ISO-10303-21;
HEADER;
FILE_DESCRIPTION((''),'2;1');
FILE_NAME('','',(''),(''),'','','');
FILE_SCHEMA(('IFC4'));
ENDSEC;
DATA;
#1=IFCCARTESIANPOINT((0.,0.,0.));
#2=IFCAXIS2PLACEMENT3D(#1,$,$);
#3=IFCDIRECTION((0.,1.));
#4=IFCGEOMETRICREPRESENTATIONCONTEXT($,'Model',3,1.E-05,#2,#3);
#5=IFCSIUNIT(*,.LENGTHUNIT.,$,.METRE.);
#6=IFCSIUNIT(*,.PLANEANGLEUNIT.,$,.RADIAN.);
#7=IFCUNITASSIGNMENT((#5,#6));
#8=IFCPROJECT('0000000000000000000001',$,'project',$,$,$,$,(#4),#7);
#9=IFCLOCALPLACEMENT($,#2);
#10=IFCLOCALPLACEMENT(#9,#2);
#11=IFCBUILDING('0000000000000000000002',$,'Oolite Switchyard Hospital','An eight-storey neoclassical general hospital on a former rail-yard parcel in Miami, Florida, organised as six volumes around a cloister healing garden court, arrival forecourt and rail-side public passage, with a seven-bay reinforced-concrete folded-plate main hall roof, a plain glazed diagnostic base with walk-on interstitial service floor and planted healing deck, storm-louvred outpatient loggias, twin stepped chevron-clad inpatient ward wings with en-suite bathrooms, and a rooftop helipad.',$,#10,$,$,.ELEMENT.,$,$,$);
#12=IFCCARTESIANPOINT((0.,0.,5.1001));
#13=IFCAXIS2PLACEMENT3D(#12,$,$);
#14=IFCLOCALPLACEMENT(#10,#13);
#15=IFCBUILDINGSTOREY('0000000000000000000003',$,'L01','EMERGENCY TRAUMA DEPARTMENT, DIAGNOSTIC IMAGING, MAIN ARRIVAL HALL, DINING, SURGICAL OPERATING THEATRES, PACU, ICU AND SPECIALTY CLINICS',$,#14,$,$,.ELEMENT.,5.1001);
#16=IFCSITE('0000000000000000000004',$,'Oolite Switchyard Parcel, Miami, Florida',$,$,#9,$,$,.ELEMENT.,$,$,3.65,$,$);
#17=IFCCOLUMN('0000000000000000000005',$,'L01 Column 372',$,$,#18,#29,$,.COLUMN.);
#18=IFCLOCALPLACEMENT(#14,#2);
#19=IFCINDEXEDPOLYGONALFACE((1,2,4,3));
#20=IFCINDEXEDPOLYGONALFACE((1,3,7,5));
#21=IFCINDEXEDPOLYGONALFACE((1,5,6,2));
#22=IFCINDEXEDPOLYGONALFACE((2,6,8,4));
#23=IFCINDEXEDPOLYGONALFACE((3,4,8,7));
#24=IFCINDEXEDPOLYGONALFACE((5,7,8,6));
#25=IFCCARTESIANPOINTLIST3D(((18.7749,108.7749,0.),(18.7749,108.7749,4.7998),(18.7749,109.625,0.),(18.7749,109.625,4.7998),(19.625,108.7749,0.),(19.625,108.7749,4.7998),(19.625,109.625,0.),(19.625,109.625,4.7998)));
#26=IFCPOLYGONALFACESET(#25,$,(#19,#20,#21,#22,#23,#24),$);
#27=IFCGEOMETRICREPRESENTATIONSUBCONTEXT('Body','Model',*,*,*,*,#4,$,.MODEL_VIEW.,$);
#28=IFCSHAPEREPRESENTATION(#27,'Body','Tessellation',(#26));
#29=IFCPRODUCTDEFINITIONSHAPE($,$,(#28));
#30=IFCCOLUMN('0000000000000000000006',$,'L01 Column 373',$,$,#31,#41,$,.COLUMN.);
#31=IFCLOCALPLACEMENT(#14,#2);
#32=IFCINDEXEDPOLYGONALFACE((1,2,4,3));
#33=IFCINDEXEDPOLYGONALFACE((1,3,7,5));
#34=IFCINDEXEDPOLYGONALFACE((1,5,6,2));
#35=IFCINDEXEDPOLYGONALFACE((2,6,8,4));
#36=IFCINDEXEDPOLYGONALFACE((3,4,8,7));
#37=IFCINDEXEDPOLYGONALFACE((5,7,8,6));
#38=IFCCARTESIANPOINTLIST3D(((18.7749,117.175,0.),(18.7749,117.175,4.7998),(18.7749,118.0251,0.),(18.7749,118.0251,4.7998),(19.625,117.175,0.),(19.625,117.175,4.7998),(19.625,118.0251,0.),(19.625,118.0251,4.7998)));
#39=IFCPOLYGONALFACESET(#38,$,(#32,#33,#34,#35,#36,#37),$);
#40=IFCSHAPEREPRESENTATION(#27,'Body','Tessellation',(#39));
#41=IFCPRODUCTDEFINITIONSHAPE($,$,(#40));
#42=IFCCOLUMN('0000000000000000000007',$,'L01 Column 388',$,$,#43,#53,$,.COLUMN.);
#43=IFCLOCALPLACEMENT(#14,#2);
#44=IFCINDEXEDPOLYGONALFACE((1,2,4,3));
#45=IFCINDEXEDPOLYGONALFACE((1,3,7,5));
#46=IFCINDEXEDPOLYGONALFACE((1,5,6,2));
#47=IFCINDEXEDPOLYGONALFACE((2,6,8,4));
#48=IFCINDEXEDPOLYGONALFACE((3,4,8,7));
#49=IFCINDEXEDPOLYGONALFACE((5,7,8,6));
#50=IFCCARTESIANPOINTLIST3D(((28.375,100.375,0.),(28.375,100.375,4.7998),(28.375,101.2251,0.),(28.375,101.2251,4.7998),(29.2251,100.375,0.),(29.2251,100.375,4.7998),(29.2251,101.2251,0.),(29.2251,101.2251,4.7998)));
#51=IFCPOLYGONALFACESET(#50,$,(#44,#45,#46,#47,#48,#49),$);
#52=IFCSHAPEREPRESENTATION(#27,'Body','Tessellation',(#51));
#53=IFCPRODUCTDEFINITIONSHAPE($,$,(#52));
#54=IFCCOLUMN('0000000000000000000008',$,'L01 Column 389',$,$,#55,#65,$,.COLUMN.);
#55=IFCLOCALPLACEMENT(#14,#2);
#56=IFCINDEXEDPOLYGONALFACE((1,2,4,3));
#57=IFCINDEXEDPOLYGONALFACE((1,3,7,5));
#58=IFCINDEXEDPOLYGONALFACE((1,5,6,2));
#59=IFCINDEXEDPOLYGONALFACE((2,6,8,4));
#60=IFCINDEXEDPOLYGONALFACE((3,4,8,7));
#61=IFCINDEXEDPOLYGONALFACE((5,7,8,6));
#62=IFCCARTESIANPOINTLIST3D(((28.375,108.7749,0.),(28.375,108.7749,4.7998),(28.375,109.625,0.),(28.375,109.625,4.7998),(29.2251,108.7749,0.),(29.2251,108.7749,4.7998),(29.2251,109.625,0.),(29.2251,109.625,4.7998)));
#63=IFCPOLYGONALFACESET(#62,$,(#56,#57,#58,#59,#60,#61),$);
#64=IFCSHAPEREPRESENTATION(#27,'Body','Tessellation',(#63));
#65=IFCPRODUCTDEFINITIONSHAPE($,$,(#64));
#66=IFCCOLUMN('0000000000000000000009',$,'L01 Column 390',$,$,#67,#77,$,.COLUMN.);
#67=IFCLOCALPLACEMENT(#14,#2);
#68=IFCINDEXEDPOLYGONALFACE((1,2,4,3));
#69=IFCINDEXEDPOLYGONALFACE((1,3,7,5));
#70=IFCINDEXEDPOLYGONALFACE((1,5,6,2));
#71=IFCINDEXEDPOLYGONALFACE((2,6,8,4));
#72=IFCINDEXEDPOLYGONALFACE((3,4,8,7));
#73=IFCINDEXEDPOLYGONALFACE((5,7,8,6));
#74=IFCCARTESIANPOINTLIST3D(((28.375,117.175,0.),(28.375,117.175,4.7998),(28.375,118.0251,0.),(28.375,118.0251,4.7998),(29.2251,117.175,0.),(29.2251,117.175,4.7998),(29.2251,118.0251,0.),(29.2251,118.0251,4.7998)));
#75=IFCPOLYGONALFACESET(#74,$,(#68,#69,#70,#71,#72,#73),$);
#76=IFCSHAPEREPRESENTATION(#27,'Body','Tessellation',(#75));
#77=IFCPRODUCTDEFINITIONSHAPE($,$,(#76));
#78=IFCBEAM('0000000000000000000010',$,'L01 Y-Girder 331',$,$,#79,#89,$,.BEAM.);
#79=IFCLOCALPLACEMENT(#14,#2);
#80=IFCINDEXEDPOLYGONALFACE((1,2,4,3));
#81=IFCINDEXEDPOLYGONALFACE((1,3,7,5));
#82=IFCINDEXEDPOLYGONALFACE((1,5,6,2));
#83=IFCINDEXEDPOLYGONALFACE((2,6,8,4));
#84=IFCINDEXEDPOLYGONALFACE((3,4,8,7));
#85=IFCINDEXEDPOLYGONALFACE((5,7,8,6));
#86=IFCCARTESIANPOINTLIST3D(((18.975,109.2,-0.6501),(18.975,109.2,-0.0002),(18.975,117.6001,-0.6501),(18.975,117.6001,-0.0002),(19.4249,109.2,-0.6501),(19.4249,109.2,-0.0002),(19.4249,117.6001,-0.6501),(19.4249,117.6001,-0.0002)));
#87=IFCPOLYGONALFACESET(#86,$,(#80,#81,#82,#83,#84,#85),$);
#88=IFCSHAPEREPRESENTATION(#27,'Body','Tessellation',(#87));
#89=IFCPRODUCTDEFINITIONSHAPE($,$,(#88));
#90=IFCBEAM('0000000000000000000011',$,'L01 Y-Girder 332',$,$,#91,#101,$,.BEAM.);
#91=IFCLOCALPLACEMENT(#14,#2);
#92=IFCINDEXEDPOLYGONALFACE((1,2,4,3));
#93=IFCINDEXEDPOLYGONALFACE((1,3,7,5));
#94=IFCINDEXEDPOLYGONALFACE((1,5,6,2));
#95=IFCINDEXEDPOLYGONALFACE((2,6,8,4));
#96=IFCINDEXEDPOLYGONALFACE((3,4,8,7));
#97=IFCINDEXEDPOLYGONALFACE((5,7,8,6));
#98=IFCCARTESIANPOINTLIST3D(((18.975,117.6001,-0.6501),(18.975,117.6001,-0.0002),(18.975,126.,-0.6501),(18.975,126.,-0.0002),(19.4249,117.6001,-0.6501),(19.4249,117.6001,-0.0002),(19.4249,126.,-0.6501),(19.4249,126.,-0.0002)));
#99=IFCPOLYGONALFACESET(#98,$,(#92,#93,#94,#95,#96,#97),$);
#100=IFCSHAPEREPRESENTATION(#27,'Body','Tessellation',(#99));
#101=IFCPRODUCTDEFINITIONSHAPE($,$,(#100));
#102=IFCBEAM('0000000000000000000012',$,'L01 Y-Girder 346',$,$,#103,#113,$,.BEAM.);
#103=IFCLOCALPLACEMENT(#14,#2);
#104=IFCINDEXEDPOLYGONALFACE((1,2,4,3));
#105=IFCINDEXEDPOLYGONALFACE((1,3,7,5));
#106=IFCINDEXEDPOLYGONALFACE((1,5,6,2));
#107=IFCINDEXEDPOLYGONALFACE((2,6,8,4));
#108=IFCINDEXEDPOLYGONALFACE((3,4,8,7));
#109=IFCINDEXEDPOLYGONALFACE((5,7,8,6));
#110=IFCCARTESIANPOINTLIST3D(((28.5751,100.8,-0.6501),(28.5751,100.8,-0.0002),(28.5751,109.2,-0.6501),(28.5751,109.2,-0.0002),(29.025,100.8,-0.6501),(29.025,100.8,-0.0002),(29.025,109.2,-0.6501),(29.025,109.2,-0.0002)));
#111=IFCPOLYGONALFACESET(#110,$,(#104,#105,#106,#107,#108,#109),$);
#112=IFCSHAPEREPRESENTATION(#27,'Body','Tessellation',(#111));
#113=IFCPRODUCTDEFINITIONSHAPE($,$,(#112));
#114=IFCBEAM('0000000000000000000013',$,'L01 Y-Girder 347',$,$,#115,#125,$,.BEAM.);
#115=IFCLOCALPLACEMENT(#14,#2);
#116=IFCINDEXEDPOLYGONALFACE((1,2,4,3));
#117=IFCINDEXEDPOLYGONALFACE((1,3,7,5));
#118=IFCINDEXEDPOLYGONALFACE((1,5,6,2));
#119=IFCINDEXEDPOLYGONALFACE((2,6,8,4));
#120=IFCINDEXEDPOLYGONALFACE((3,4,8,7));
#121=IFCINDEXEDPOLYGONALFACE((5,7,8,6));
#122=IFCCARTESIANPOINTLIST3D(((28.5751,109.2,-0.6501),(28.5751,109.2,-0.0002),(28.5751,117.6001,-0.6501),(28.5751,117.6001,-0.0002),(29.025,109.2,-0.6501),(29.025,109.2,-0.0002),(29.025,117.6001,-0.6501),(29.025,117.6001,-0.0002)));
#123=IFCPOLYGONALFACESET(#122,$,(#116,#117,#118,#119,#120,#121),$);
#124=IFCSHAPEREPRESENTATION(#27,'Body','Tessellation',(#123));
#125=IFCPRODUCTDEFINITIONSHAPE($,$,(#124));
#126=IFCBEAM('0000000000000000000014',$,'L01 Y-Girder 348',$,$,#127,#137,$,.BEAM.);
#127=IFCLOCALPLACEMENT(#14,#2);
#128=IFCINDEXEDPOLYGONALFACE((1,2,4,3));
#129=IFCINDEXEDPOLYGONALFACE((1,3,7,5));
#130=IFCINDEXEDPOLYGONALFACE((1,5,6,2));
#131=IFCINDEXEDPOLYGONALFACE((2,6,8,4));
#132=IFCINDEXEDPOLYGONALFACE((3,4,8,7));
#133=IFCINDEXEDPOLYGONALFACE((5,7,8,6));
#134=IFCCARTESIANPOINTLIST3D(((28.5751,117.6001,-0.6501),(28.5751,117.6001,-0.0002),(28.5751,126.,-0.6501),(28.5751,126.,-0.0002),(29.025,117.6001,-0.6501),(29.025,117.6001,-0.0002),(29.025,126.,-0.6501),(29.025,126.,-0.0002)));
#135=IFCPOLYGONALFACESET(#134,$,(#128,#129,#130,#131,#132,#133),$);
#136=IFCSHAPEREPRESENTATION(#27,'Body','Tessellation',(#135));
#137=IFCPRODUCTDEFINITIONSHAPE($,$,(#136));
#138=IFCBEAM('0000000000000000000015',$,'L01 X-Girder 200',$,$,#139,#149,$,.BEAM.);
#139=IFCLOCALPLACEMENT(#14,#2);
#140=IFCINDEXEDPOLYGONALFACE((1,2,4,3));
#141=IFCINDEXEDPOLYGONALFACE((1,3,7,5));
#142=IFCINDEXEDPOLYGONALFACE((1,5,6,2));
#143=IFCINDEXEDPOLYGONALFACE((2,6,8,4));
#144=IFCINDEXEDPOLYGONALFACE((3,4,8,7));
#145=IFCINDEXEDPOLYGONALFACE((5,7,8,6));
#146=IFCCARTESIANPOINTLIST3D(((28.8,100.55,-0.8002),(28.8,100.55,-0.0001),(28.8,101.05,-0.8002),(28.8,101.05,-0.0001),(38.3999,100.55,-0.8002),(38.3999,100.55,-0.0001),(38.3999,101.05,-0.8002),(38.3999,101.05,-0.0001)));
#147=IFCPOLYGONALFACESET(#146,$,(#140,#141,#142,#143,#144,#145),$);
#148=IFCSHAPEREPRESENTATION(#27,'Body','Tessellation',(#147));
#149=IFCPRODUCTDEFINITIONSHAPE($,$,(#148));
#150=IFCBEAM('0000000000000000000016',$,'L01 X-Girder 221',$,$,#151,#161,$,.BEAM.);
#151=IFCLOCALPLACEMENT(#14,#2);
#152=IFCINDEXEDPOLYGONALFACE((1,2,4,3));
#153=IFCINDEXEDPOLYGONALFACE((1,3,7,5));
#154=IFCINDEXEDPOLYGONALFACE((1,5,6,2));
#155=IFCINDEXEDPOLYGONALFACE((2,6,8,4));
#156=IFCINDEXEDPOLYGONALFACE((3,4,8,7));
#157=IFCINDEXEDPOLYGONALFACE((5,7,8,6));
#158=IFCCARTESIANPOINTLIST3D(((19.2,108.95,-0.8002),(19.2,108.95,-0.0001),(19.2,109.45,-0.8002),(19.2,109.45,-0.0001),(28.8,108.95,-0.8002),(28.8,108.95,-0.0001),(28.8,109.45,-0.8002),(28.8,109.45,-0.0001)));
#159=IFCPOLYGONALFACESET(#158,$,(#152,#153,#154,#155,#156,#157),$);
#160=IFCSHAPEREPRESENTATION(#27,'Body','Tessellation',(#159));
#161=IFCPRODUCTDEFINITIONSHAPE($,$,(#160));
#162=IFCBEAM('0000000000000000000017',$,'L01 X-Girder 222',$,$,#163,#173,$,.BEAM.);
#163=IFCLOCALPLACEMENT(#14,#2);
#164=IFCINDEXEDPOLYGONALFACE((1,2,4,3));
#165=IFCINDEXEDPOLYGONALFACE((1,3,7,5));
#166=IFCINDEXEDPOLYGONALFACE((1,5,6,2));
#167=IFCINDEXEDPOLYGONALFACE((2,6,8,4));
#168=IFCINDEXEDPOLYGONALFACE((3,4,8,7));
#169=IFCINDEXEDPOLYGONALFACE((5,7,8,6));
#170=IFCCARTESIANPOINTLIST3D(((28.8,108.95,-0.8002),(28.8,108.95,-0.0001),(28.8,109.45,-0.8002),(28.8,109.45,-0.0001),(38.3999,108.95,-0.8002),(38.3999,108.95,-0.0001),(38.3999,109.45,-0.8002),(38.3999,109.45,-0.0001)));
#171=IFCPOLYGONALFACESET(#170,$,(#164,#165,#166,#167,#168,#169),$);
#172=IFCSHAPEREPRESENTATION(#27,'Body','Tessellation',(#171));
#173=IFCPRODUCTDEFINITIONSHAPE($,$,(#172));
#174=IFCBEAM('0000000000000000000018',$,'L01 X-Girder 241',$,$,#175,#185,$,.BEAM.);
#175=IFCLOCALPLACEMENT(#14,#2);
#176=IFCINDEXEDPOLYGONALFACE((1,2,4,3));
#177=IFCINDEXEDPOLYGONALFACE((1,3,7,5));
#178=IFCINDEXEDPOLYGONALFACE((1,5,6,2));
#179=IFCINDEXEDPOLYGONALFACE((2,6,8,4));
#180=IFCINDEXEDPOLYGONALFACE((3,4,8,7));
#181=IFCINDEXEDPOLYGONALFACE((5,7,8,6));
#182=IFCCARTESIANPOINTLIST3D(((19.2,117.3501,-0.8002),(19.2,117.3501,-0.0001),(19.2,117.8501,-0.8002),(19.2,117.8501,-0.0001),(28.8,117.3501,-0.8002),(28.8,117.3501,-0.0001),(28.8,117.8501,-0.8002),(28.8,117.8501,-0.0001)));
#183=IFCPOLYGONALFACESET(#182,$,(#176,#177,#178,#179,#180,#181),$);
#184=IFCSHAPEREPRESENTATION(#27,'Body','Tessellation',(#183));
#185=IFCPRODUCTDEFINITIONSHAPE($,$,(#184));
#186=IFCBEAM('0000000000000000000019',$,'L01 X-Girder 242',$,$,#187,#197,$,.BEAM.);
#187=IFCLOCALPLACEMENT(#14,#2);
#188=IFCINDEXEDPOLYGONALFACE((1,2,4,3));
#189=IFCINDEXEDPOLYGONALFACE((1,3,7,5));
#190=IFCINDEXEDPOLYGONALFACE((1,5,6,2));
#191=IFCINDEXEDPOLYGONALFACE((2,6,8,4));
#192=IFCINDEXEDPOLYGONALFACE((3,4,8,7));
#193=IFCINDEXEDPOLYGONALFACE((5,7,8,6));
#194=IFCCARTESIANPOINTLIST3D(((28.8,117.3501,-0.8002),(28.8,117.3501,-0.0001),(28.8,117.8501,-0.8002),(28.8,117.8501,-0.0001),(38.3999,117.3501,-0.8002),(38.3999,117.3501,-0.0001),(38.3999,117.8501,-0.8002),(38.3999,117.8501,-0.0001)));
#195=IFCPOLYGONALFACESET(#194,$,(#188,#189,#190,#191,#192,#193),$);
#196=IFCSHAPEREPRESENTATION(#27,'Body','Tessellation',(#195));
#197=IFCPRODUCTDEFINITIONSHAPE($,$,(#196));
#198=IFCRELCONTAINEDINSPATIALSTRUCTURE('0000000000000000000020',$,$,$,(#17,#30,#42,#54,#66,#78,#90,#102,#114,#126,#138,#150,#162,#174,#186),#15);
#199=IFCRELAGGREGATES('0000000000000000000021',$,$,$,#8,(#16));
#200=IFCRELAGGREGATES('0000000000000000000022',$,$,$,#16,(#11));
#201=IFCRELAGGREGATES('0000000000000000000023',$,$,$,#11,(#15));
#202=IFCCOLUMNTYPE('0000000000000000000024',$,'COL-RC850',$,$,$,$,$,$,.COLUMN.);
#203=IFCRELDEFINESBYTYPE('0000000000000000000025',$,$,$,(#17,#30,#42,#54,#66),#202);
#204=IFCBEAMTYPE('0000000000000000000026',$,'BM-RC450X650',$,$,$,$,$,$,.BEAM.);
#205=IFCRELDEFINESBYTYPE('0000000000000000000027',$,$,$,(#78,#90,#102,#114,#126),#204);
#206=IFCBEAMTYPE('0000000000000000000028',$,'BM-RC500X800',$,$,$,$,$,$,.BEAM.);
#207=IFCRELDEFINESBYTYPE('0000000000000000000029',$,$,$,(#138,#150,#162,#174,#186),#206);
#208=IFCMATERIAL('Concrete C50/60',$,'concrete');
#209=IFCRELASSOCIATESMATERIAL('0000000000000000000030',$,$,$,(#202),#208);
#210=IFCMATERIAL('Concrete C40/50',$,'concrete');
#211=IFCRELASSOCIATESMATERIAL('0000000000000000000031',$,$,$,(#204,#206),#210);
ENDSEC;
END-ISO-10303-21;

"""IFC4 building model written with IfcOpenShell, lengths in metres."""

from ifc_helpers import new_model, si_unit, direction, frame, origin, origin_2d, place, context, subcontext, project, spatial, rectangle, extrude, material, material_profile, profile_set, type_object, element, save


model = new_model("IFC4")

# Units and contexts
model_context = context("Model", 3, precision=1e-05, world=origin(), true_north=direction((0.0, 1.0)))
body_context = subcontext(model_context, "Body", "Model", "MODEL_VIEW")
ifc_project = project(units=[si_unit("LENGTHUNIT", "METRE"), si_unit("PLANEANGLEUNIT", "RADIAN")], contexts=[model_context])

# Site, building, storey
site_placement = place(None, origin())
site = spatial("IfcSite", under=ifc_project, at=site_placement, Name="Oolite Switchyard Parcel, Miami, Florida", CompositionType="ELEMENT", RefElevation=3.65)
building_placement = place(site_placement, origin())
building = spatial("IfcBuilding", under=site, at=building_placement, Name="Oolite Switchyard Hospital", Description="An eight-storey neoclassical general hospital on a former rail-yard parcel in Miami, Florida, organised as six volumes around a cloister healing garden court, arrival forecourt and rail-side public passage, with a seven-bay reinforced-concrete folded-plate main hall roof, a plain glazed diagnostic base with walk-on interstitial service floor and planted healing deck, storm-louvred outpatient loggias, twin stepped chevron-clad inpatient ward wings with en-suite bathrooms, and a rooftop helipad.", CompositionType="ELEMENT")
storey_placement = place(building_placement, frame((0.0, 0.0, 5.1001)))
storey = spatial("IfcBuildingStorey", under=building, at=storey_placement, Name="L01", Description="EMERGENCY TRAUMA DEPARTMENT, DIAGNOSTIC IMAGING, MAIN ARRIVAL HALL, DINING, SURGICAL OPERATING THEATRES, PACU, ICU AND SPECIALTY CLINICS", CompositionType="ELEMENT", Elevation=5.1001)

# Columns
ifc_material_1 = material(Name="Concrete C50/60", Category="concrete")
ifc_material_profile_1 = material_profile(ifc_material_1, rectangle(XDim=0.8501, YDim=0.8501, at=origin_2d()), Name="RC850X850")
ifc_profile_set_1 = profile_set([ifc_material_profile_1], Name="Concrete C50/60")
column_type = type_object("IfcColumnType", Name="COL-RC850", PredefinedType="COLUMN", material=ifc_profile_set_1)
for number, where, z_axis, x_axis, name in (
    (1, (19.2, 109.2, 0.0), (0.0, 0.0, 1.0), (1.0, 0.0, 0.0), "L01 Column 372"),
    (2, (19.2, 117.6001, 0.0), (0.0, 0.0, 1.0), (1.0, 0.0, 0.0), "L01 Column 373"),
    (3, (28.8, 100.8, 0.0), (0.0, 0.0, 1.0), (1.0, 0.0, 0.0), "L01 Column 388"),
    (4, (28.8, 109.2, 0.0), (0.0, 0.0, 1.0), (1.0, 0.0, 0.0), "L01 Column 389"),
    (5, (28.8, 117.6001, 0.0), (0.0, 0.0, 1.0), (1.0, 0.0, 0.0), "L01 Column 390"),
):
    element("IfcColumn", number, at=place(storey_placement, frame(where, z_axis=z_axis, x_axis=x_axis)), inside=storey, type_object=column_type, Name=name, PredefinedType="COLUMN", context=body_context, shape_type="SweptSolid", body=[
        extrude(rectangle(XDim=0.8501, YDim=0.8501, at=origin_2d()), origin(), (0.0, 0.0, 1.0), 4.7998),
    ])

# Beams
ifc_material_2 = material(Name="Concrete C40/50", Category="concrete")
ifc_material_profile_2 = material_profile(ifc_material_2, rectangle(XDim=0.45, YDim=0.6499, at=origin_2d()), Name="RCB450X650")
ifc_profile_set_2 = profile_set([ifc_material_profile_2], Name="Concrete C40/50")
beam_type_1 = type_object("IfcBeamType", Name="BM-RC450X650", PredefinedType="BEAM", material=ifc_profile_set_2)
beam_1_placement = place(storey_placement, frame((19.2, 109.2, -0.3252), z_axis=(0.0, 1.0, 0.0), x_axis=(-1.0, 0.0, 0.0)))
element("IfcBeam", 6, at=beam_1_placement, inside=storey, type_object=beam_type_1, Name="L01 Y-Girder 331", PredefinedType="BEAM", context=body_context, shape_type="SweptSolid", body=[
    extrude(rectangle(XDim=0.45, YDim=0.6499, at=origin_2d()), origin(), (0.0, 0.0, 1.0), 8.4001),
])
for number, where, z_axis, x_axis, name in (
    (7, (19.2, 117.6001, -0.3252), (0.0, 1.0, 0.0), (-1.0, 0.0, 0.0), "L01 Y-Girder 332"),
    (8, (28.8, 100.8, -0.3252), (0.0, 1.0, 0.0), (-1.0, 0.0, 0.0), "L01 Y-Girder 346"),
):
    element("IfcBeam", number, at=place(storey_placement, frame(where, z_axis=z_axis, x_axis=x_axis)), inside=storey, type_object=beam_type_1, Name=name, PredefinedType="BEAM", context=body_context, shape_type="SweptSolid", body=[
        extrude(rectangle(XDim=0.45, YDim=0.6499, at=origin_2d()), origin(), (0.0, 0.0, 1.0), 8.3999),
    ])
beam_2_placement = place(storey_placement, frame((28.8, 109.2, -0.3252), z_axis=(0.0, 1.0, 0.0), x_axis=(-1.0, 0.0, 0.0)))
element("IfcBeam", 9, at=beam_2_placement, inside=storey, type_object=beam_type_1, Name="L01 Y-Girder 347", PredefinedType="BEAM", context=body_context, shape_type="SweptSolid", body=[
    extrude(rectangle(XDim=0.45, YDim=0.6499, at=origin_2d()), origin(), (0.0, 0.0, 1.0), 8.4001),
])
beam_3_placement = place(storey_placement, frame((28.8, 117.6001, -0.3252), z_axis=(0.0, 1.0, 0.0), x_axis=(-1.0, 0.0, 0.0)))
element("IfcBeam", 10, at=beam_3_placement, inside=storey, type_object=beam_type_1, Name="L01 Y-Girder 348", PredefinedType="BEAM", context=body_context, shape_type="SweptSolid", body=[
    extrude(rectangle(XDim=0.45, YDim=0.6499, at=origin_2d()), origin(), (0.0, 0.0, 1.0), 8.3999),
])
ifc_material_profile_3 = material_profile(ifc_material_2, rectangle(XDim=0.5, YDim=0.8, at=origin_2d()), Name="RCB500X800")
ifc_profile_set_3 = profile_set([ifc_material_profile_3], Name="Concrete C40/50")
beam_type_2 = type_object("IfcBeamType", Name="BM-RC500X800", PredefinedType="BEAM", material=ifc_profile_set_3)
beam_4_placement = place(storey_placement, frame((28.8, 100.8, -0.4001), z_axis=(1.0, 0.0, 0.0), x_axis=(0.0, 1.0, 0.0)))
element("IfcBeam", 11, at=beam_4_placement, inside=storey, type_object=beam_type_2, Name="L01 X-Girder 200", PredefinedType="BEAM", context=body_context, shape_type="SweptSolid", body=[
    extrude(rectangle(XDim=0.5, YDim=0.8, at=origin_2d()), origin(), (0.0, 0.0, 1.0), 9.5999),
])
beam_5_placement = place(storey_placement, frame((19.2, 109.2, -0.4001), z_axis=(1.0, 0.0, 0.0), x_axis=(0.0, 1.0, 0.0)))
element("IfcBeam", 12, at=beam_5_placement, inside=storey, type_object=beam_type_2, Name="L01 X-Girder 221", PredefinedType="BEAM", context=body_context, shape_type="SweptSolid", body=[
    extrude(rectangle(XDim=0.5, YDim=0.8, at=origin_2d()), origin(), (0.0, 0.0, 1.0), 9.6001),
])
beam_6_placement = place(storey_placement, frame((28.8, 109.2, -0.4001), z_axis=(1.0, 0.0, 0.0), x_axis=(0.0, 1.0, 0.0)))
element("IfcBeam", 13, at=beam_6_placement, inside=storey, type_object=beam_type_2, Name="L01 X-Girder 222", PredefinedType="BEAM", context=body_context, shape_type="SweptSolid", body=[
    extrude(rectangle(XDim=0.5, YDim=0.8, at=origin_2d()), origin(), (0.0, 0.0, 1.0), 9.5999),
])
beam_7_placement = place(storey_placement, frame((19.2, 117.6001, -0.4001), z_axis=(1.0, 0.0, 0.0), x_axis=(0.0, 1.0, 0.0)))
element("IfcBeam", 14, at=beam_7_placement, inside=storey, type_object=beam_type_2, Name="L01 X-Girder 241", PredefinedType="BEAM", context=body_context, shape_type="SweptSolid", body=[
    extrude(rectangle(XDim=0.5, YDim=0.8, at=origin_2d()), origin(), (0.0, 0.0, 1.0), 9.6001),
])
beam_8_placement = place(storey_placement, frame((28.8, 117.6001, -0.4001), z_axis=(1.0, 0.0, 0.0), x_axis=(0.0, 1.0, 0.0)))
element("IfcBeam", 15, at=beam_8_placement, inside=storey, type_object=beam_type_2, Name="L01 X-Girder 242", PredefinedType="BEAM", context=body_context, shape_type="SweptSolid", body=[
    extrude(rectangle(XDim=0.5, YDim=0.8, at=origin_2d()), origin(), (0.0, 0.0, 1.0), 9.5999),
])

save(model, "model.ifc")
